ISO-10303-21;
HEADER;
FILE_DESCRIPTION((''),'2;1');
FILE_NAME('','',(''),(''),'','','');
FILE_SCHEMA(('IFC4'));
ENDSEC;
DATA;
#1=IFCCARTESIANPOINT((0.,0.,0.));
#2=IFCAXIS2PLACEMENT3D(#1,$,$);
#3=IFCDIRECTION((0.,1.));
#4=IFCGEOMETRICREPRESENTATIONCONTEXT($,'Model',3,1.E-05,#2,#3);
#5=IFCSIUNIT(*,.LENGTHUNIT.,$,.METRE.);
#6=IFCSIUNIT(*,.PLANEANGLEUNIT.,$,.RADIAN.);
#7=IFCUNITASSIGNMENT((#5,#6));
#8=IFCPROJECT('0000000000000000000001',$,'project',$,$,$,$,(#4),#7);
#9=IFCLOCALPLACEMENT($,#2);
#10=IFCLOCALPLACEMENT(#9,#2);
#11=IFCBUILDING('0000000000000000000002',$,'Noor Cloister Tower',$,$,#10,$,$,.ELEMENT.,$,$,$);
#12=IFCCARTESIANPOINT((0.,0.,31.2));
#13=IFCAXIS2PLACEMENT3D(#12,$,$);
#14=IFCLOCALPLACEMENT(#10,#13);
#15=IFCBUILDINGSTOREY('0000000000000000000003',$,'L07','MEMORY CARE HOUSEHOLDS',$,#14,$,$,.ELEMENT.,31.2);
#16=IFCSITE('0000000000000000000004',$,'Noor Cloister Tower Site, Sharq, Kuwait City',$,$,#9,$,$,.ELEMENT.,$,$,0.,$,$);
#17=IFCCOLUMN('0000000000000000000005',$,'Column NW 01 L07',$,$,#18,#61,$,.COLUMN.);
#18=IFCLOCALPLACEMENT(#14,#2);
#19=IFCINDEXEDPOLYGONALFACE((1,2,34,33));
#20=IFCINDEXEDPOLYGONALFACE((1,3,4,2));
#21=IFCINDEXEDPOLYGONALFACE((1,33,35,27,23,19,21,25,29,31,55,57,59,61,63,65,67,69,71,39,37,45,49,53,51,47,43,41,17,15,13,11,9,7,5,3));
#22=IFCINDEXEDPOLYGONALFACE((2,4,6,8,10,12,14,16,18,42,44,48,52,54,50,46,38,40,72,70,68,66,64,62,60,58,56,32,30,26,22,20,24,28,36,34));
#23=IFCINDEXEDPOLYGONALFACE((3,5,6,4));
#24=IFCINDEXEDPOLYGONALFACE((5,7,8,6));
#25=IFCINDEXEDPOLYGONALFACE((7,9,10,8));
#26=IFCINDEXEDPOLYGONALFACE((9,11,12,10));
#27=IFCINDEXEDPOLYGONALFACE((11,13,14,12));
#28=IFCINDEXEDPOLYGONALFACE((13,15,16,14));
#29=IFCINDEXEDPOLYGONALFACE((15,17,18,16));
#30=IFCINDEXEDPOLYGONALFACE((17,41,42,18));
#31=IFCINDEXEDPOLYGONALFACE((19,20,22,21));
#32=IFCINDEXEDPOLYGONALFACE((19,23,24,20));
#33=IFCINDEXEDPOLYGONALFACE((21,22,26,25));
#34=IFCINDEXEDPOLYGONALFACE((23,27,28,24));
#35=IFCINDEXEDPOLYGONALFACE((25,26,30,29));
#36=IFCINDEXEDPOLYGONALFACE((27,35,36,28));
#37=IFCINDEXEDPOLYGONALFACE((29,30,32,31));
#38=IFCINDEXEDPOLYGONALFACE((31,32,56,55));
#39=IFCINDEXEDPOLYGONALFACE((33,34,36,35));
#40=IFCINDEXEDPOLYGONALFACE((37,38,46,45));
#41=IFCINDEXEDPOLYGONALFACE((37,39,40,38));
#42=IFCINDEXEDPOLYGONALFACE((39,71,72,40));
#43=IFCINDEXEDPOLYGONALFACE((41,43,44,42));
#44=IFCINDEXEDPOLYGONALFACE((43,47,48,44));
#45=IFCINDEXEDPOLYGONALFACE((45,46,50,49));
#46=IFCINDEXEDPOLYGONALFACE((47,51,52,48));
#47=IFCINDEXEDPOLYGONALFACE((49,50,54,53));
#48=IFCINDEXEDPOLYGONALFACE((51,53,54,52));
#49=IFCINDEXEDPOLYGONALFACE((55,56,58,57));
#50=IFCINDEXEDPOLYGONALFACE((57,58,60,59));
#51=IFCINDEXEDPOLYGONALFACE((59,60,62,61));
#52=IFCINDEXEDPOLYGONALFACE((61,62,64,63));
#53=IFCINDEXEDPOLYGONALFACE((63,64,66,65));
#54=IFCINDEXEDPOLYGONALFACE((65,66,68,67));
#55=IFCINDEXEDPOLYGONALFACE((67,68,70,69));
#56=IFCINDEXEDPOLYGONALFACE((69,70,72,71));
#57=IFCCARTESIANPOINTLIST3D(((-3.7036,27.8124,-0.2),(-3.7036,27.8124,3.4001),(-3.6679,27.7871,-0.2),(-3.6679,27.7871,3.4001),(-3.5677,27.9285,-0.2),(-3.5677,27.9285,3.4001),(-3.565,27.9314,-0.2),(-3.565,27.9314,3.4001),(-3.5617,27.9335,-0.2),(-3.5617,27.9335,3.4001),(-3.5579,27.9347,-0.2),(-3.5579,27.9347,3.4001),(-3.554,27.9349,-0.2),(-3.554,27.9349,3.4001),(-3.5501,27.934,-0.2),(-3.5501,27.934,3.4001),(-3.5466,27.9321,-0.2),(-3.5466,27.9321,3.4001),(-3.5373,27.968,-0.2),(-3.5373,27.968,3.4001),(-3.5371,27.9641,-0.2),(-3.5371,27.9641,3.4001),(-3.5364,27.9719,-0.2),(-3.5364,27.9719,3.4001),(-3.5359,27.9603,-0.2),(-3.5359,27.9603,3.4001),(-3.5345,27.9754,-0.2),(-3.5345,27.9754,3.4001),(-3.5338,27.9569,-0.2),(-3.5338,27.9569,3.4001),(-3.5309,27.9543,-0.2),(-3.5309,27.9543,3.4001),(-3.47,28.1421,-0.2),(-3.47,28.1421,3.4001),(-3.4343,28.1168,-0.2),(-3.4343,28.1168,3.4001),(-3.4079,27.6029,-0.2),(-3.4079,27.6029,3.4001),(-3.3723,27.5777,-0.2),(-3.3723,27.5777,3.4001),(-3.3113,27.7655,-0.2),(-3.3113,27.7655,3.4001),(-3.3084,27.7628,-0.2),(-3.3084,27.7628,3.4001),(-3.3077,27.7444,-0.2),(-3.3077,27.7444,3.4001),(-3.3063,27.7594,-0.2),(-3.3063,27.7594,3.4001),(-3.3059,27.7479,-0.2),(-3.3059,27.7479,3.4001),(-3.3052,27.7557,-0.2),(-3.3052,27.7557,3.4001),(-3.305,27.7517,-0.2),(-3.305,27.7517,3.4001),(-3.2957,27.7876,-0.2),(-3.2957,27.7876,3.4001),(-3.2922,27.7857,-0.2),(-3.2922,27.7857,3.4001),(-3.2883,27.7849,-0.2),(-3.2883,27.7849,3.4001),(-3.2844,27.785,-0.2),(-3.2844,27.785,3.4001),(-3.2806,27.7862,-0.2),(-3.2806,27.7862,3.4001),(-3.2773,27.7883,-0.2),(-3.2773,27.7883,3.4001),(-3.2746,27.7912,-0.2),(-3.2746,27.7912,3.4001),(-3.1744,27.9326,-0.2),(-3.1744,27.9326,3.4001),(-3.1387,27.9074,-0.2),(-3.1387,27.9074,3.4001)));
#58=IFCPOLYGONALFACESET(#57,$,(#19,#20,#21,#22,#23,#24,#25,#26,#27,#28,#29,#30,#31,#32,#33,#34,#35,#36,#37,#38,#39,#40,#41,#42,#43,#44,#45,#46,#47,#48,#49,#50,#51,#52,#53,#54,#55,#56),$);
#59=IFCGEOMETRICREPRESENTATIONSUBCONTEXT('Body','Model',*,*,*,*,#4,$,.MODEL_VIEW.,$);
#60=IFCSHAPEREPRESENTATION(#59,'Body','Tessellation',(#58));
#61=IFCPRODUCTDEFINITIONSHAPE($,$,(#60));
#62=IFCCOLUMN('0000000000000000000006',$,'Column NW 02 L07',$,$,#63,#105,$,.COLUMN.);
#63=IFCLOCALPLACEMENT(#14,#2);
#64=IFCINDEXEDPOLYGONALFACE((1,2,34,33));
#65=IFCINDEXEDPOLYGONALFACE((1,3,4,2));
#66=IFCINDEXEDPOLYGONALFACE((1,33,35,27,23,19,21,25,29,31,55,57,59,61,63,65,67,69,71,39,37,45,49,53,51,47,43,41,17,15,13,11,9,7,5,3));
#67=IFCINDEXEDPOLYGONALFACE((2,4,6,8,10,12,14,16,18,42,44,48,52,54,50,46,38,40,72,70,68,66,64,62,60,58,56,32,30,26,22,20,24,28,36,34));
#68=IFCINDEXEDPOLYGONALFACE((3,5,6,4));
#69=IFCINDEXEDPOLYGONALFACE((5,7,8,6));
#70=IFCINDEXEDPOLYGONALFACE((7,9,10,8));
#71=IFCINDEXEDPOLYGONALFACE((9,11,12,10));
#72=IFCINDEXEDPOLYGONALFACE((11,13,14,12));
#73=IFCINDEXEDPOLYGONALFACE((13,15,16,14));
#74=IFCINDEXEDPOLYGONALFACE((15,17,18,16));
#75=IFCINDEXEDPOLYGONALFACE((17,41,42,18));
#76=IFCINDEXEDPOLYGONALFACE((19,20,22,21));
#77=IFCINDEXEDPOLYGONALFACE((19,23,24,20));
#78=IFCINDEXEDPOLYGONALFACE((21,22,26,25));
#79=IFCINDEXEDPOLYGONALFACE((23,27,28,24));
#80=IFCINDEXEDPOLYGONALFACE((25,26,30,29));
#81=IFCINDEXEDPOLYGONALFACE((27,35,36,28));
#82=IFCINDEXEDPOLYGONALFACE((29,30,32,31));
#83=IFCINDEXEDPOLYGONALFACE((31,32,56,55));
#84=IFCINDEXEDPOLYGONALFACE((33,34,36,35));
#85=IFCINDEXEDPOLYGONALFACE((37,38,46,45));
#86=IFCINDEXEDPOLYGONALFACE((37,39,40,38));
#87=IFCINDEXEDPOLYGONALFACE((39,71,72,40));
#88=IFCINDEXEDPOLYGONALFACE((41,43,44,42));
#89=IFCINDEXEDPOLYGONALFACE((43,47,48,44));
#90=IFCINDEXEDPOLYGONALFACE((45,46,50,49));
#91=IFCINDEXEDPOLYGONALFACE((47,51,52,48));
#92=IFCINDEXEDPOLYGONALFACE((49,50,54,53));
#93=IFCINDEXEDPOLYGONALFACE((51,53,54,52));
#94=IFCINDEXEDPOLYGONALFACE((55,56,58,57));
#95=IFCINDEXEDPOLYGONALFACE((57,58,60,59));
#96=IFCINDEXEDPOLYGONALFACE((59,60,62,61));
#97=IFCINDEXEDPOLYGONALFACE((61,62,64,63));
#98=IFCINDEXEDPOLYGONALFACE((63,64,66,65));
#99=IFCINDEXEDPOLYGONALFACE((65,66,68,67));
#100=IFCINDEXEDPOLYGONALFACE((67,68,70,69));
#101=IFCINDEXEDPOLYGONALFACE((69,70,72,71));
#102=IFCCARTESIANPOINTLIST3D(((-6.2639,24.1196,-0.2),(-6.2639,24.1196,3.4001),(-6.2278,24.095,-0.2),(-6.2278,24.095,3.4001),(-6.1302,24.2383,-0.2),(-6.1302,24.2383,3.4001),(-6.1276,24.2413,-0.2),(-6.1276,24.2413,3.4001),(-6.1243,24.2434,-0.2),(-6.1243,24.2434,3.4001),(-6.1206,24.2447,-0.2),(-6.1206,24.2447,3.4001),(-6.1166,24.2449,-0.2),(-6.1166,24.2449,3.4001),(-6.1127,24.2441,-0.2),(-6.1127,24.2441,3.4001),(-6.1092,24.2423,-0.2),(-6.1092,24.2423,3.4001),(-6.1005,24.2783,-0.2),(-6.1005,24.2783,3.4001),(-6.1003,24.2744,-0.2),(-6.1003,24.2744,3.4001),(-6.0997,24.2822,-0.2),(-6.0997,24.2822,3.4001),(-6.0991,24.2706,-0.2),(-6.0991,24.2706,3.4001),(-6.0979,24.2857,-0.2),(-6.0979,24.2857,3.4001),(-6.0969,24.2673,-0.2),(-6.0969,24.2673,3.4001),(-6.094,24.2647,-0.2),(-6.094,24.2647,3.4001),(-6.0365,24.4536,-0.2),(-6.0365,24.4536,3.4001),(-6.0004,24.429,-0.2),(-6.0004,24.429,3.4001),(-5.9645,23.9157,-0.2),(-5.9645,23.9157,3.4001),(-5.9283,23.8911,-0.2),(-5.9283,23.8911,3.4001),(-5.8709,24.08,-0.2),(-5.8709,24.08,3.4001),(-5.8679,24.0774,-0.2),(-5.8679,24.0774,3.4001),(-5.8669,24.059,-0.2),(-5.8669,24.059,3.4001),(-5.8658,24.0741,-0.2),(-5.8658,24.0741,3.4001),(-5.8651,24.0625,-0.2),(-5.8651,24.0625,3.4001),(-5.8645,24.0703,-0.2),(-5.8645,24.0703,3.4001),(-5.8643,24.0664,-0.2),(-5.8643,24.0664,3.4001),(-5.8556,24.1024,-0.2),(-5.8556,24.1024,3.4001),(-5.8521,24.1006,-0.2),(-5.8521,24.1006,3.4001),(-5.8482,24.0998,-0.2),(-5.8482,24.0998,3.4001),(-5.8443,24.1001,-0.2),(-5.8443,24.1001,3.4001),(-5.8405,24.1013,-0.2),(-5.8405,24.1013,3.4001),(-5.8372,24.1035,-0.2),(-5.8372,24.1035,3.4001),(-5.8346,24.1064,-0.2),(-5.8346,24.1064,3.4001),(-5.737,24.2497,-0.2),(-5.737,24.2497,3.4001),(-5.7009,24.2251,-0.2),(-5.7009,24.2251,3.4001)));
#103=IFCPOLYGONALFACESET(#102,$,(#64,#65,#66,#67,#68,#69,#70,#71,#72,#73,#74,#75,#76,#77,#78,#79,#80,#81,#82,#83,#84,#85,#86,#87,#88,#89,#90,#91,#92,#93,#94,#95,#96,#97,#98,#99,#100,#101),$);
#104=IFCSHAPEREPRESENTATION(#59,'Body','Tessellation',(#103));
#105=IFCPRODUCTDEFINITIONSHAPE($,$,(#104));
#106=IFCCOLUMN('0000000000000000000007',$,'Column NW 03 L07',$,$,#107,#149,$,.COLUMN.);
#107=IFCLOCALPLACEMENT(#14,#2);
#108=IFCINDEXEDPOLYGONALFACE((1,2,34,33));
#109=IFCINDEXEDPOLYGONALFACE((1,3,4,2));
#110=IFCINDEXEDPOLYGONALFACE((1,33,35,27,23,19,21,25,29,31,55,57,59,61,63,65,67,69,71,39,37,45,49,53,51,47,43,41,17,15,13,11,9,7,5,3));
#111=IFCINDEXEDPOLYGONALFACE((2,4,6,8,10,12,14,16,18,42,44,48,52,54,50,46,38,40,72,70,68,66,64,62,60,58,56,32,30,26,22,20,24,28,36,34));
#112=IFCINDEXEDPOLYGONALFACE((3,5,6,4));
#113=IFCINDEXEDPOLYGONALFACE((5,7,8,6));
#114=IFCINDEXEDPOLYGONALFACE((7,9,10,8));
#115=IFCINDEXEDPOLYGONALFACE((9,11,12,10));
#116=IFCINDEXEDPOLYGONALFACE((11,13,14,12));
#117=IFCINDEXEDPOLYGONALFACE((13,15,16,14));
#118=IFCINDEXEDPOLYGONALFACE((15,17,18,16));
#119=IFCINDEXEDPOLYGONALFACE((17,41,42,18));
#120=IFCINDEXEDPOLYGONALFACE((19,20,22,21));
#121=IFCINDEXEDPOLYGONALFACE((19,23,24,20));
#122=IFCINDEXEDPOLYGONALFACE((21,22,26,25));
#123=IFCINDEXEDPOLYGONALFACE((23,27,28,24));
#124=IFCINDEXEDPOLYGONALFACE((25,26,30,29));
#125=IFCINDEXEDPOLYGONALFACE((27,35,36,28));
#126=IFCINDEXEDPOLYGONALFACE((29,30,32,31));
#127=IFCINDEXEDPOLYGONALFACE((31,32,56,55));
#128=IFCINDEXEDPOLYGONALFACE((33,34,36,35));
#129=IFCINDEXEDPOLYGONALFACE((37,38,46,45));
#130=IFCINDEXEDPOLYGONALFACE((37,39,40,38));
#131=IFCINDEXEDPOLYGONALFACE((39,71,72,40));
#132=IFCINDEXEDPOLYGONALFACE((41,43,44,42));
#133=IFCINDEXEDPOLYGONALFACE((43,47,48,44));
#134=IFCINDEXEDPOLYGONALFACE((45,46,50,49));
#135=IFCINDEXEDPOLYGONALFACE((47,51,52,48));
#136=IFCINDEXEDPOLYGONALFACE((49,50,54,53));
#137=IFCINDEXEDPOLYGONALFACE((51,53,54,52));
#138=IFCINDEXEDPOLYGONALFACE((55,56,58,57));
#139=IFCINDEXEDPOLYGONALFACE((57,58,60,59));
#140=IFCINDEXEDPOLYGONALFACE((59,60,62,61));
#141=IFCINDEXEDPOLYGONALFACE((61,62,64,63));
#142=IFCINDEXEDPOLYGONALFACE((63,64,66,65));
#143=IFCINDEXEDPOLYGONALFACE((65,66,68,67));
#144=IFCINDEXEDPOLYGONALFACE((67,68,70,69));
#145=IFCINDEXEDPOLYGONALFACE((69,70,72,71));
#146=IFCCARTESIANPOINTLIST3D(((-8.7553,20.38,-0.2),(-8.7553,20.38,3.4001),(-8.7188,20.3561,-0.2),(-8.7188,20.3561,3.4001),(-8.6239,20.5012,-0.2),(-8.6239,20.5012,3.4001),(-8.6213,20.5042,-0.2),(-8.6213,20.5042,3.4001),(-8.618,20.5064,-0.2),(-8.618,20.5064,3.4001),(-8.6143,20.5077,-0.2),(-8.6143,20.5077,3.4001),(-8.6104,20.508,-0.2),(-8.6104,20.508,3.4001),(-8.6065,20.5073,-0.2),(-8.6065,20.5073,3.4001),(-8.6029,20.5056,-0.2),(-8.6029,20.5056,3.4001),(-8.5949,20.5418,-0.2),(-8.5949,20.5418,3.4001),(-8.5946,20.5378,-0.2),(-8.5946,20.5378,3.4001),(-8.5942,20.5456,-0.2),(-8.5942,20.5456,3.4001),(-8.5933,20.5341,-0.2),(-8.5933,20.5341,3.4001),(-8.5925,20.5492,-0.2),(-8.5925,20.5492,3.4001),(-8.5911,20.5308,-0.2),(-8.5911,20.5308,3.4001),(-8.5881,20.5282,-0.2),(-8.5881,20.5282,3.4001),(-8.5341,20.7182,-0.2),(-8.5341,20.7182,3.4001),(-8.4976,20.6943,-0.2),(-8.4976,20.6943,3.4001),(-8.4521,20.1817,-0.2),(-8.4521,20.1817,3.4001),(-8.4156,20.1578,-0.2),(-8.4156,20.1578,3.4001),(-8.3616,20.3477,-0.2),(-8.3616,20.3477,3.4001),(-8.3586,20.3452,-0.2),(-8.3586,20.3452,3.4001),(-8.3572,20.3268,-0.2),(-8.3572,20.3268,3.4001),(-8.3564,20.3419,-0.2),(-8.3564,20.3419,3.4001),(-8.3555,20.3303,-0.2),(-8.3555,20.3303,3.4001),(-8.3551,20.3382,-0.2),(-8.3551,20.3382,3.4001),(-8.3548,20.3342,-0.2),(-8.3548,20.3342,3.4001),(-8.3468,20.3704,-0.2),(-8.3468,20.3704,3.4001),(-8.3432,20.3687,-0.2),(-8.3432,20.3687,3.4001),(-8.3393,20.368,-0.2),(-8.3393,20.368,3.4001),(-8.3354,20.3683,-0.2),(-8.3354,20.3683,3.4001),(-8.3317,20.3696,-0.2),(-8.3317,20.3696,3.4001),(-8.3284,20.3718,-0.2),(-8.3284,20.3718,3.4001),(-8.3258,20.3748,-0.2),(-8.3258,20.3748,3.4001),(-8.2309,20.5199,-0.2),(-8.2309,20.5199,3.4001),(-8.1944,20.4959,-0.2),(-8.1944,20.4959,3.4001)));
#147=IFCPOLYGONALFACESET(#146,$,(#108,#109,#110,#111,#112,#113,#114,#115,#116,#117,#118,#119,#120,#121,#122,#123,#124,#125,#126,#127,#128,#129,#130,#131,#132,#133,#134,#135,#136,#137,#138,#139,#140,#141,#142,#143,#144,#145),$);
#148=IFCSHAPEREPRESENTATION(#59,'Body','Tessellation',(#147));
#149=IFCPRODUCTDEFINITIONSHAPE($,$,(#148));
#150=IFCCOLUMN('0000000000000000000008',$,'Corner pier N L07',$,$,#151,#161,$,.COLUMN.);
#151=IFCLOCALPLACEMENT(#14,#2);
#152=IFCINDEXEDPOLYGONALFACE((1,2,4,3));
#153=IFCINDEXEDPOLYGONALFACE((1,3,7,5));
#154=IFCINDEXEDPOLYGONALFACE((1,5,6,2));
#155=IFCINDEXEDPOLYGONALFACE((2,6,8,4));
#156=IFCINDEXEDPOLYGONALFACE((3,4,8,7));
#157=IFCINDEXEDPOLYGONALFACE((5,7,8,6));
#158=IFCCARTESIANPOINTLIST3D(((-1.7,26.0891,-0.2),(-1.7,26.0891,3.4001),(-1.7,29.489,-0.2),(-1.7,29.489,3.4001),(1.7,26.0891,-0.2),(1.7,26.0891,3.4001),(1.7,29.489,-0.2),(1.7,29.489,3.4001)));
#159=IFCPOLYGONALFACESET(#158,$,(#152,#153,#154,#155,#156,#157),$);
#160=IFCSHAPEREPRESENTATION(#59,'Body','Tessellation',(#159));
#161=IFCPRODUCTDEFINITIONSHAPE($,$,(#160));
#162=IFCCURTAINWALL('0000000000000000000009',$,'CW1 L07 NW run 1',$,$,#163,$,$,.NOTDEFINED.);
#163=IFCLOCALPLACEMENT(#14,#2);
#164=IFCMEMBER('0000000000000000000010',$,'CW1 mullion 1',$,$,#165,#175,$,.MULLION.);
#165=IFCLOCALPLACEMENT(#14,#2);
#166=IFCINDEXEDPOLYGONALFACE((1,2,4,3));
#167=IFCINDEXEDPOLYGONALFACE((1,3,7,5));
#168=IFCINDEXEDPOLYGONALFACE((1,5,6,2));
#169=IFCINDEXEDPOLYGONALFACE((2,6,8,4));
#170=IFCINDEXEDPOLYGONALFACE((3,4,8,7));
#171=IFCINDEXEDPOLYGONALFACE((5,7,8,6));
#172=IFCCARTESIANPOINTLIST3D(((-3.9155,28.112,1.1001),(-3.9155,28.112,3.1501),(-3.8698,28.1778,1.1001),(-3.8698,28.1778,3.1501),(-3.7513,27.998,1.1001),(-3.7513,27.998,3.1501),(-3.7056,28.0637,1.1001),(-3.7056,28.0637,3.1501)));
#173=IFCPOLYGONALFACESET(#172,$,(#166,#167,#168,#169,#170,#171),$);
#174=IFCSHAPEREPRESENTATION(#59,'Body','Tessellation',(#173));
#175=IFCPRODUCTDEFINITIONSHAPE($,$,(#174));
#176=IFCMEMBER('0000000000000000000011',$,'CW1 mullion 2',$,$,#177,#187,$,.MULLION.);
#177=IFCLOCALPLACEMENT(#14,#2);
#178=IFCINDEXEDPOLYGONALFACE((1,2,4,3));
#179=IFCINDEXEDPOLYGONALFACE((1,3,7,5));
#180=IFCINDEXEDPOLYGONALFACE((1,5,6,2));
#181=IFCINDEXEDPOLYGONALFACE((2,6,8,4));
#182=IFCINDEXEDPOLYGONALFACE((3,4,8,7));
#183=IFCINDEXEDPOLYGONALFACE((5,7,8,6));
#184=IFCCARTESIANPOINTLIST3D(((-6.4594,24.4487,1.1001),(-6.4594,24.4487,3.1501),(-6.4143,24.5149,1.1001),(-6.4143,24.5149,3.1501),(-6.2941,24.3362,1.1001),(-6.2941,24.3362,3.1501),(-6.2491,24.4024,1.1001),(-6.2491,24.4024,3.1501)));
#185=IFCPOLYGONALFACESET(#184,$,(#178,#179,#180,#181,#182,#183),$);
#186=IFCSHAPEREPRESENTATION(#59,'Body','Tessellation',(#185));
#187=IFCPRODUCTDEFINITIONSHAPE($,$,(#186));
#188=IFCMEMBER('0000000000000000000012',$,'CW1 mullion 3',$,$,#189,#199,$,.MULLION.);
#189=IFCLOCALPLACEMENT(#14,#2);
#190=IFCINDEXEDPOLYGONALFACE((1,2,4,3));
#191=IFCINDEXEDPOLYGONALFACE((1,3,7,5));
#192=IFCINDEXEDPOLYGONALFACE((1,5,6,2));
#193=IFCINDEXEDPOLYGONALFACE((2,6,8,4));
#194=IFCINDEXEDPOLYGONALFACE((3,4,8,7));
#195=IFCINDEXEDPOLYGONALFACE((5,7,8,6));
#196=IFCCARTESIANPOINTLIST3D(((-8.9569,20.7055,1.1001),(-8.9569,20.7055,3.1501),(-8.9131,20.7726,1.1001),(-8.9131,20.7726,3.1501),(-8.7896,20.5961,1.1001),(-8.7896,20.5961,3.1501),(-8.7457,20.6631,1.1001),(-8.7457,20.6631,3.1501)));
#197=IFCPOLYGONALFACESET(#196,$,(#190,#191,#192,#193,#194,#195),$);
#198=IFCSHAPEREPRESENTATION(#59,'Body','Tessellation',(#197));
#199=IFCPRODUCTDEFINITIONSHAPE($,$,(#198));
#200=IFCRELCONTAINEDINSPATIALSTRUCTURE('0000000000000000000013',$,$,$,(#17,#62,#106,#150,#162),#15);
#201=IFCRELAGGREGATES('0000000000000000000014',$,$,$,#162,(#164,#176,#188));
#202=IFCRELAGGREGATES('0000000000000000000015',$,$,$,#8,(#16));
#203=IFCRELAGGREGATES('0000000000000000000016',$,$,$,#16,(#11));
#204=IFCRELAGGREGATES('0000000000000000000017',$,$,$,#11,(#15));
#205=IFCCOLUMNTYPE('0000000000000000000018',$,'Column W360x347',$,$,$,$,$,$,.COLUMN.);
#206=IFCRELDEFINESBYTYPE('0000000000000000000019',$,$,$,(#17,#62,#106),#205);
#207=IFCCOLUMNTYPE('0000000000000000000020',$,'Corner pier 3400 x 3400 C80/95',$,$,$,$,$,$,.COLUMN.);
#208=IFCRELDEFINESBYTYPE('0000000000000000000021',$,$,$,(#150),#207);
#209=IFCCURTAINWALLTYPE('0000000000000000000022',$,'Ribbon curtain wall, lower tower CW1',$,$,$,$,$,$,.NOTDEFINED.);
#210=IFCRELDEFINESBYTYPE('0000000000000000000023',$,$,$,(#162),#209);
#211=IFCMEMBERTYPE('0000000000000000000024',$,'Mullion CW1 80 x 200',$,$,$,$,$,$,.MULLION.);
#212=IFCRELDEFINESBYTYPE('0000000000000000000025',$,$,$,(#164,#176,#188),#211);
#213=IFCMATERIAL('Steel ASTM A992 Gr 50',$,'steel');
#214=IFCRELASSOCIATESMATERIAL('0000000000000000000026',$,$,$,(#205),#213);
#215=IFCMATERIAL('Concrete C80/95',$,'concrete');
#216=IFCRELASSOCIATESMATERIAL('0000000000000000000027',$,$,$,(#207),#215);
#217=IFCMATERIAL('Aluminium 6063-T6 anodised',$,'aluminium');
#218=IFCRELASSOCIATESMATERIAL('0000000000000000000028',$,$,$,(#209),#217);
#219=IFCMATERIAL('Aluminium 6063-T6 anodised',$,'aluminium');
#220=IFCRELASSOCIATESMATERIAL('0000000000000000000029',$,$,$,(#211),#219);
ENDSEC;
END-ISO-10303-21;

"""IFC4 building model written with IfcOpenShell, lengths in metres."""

from ifc_helpers import new_model, si_unit, direction, frame, origin, origin_2d, place, context, subcontext, project, spatial, rectangle, i_section, extrude, material, material_profile, profile_set, type_object, element, aggregate, save


model = new_model("IFC4")

# Units and contexts
model_context = context("Model", 3, precision=1e-05, world=origin(), true_north=direction((0.0, 1.0)))
body_context = subcontext(model_context, "Body", "Model", "MODEL_VIEW")
ifc_project = project(units=[si_unit("LENGTHUNIT", "METRE"), si_unit("PLANEANGLEUNIT", "RADIAN")], contexts=[model_context])

# Site, building, storey
site_placement = place(None, origin())
site = spatial("IfcSite", under=ifc_project, at=site_placement, Name="Noor Cloister Tower Site, Sharq, Kuwait City", CompositionType="ELEMENT", RefElevation=0.0)
building_placement = place(site_placement, origin())
building = spatial("IfcBuilding", under=site, at=building_placement, Name="Noor Cloister Tower", CompositionType="ELEMENT")
storey_placement = place(building_placement, frame((0.0, 0.0, 31.2)))
storey = spatial("IfcBuildingStorey", under=building, at=storey_placement, Name="L07", Description="MEMORY CARE HOUSEHOLDS", CompositionType="ELEMENT", Elevation=31.2)

# Columns
ifc_material_1 = material(Name="Steel ASTM A992 Gr 50", Category="steel")
ifc_material_profile_1 = material_profile(ifc_material_1, i_section(OverallWidth=0.4041, OverallDepth=0.406, WebThickness=0.0271, FlangeThickness=0.0437, FilletRadius=0.0151, at=origin_2d()), Name="W360x347")
ifc_profile_set_1 = profile_set([ifc_material_profile_1], Name="Steel ASTM A992 Gr 50")
column_type_1 = type_object("IfcColumnType", Name="Column W360x347", PredefinedType="COLUMN", material=ifc_profile_set_1)
for number, where, z_axis, x_axis, name in (
    (1, (-3.4211, 27.8599, -0.2), (0.0, 0.0, 1.0), (-0.578076, -0.815983, 0.0), "Column NW 01 L07"),
    (2, (-5.9824, 24.1724, -0.2), (0.0, 0.0, 1.0), (-0.562837, -0.826568, 0.0), "Column NW 02 L07"),
    (3, (-8.4749, 20.438, -0.2), (0.0, 0.0, 1.0), (-0.547405, -0.836868, 0.0), "Column NW 03 L07"),
):
    element("IfcColumn", number, at=place(storey_placement, frame(where, z_axis=z_axis, x_axis=x_axis)), inside=storey, type_object=column_type_1, Name=name, PredefinedType="COLUMN", context=body_context, shape_type="SweptSolid", body=[
        extrude(i_section(OverallWidth=0.4041, OverallDepth=0.406, WebThickness=0.0271, FlangeThickness=0.0437, FilletRadius=0.0151, at=origin_2d()), origin(), (0.0, 0.0, 1.0), 3.6001),
    ])
ifc_material_2 = material(Name="Concrete C80/95", Category="concrete")
ifc_material_profile_2 = material_profile(ifc_material_2, rectangle(XDim=3.3999, YDim=3.3999, at=origin_2d()), Name="RC 3400x3400")
ifc_profile_set_2 = profile_set([ifc_material_profile_2], Name="Concrete C80/95")
column_type_2 = type_object("IfcColumnType", Name="Corner pier 3400 x 3400 C80/95", PredefinedType="COLUMN", material=ifc_profile_set_2)
column_placement = place(storey_placement, frame((0.0, 27.7891, -0.2), z_axis=(0.0, 0.0, 1.0), x_axis=(0.0, 1.0, 0.0)))
element("IfcColumn", 4, at=column_placement, inside=storey, type_object=column_type_2, Name="Corner pier N L07", PredefinedType="COLUMN", context=body_context, shape_type="SweptSolid", body=[
    extrude(rectangle(XDim=3.3999, YDim=3.3999, at=origin_2d()), origin(), (0.0, 0.0, 1.0), 3.6001),
])

# Curtain wall, members
ifc_material_3 = material(Name="Aluminium 6063-T6 anodised", Category="aluminium")
curtain_wall_type = type_object("IfcCurtainWallType", Name="Ribbon curtain wall, lower tower CW1", PredefinedType="NOTDEFINED", material=ifc_material_3)
curtain_wall_placement = place(storey_placement, origin())
curtain_wall = element("IfcCurtainWall", 5, at=curtain_wall_placement, inside=storey, type_object=curtain_wall_type, Name="CW1 L07 NW run 1", PredefinedType="NOTDEFINED")
ifc_material_4 = material(Name="Aluminium 6063-T6 anodised", Category="aluminium")
ifc_material_profile_3 = material_profile(ifc_material_4, rectangle(XDim=0.2, YDim=0.0801, at=origin_2d()), Name="200 x 80 mullion")
ifc_profile_set_3 = profile_set([ifc_material_profile_3], Name="Aluminium 6063-T6 anodised")
member_type = type_object("IfcMemberType", Name="Mullion CW1 80 x 200", PredefinedType="MULLION", material=ifc_profile_set_3)
member_1_placement = place(storey_placement, frame((-3.8105, 28.0879, 1.1001), z_axis=(0.0, 0.0, 1.0), x_axis=(0.821311, -0.570481, 0.0)))
member_1 = element("IfcMember", 6, at=member_1_placement, type_object=member_type, Name="CW1 mullion 1", PredefinedType="MULLION", context=body_context, shape_type="SweptSolid", body=[
    extrude(rectangle(XDim=0.2, YDim=0.0801, at=origin_2d()), origin(), (0.0, 0.0, 1.0), 2.05),
])
member_2_placement = place(storey_placement, frame((-6.3542, 24.4255, 1.1001), z_axis=(0.0, 0.0, 1.0), x_axis=(0.826568, -0.562837, 0.0)))
member_2 = element("IfcMember", 7, at=member_2_placement, type_object=member_type, Name="CW1 mullion 2", PredefinedType="MULLION", context=body_context, shape_type="SweptSolid", body=[
    extrude(rectangle(XDim=0.2, YDim=0.0801, at=origin_2d()), origin(), (0.0, 0.0, 1.0), 2.05),
])
member_3_placement = place(storey_placement, frame((-8.8513, 20.6843, 1.1001), z_axis=(0.0, 0.0, 1.0), x_axis=(0.836868, -0.547405, 0.0)))
member_3 = element("IfcMember", 8, at=member_3_placement, type_object=member_type, Name="CW1 mullion 3", PredefinedType="MULLION", context=body_context, shape_type="SweptSolid", body=[
    extrude(rectangle(XDim=0.2, YDim=0.0801, at=origin_2d()), origin(), (0.0, 0.0, 1.0), 2.05),
])

aggregate(curtain_wall, [member_1, member_2, member_3])

save(model, "model.ifc")
